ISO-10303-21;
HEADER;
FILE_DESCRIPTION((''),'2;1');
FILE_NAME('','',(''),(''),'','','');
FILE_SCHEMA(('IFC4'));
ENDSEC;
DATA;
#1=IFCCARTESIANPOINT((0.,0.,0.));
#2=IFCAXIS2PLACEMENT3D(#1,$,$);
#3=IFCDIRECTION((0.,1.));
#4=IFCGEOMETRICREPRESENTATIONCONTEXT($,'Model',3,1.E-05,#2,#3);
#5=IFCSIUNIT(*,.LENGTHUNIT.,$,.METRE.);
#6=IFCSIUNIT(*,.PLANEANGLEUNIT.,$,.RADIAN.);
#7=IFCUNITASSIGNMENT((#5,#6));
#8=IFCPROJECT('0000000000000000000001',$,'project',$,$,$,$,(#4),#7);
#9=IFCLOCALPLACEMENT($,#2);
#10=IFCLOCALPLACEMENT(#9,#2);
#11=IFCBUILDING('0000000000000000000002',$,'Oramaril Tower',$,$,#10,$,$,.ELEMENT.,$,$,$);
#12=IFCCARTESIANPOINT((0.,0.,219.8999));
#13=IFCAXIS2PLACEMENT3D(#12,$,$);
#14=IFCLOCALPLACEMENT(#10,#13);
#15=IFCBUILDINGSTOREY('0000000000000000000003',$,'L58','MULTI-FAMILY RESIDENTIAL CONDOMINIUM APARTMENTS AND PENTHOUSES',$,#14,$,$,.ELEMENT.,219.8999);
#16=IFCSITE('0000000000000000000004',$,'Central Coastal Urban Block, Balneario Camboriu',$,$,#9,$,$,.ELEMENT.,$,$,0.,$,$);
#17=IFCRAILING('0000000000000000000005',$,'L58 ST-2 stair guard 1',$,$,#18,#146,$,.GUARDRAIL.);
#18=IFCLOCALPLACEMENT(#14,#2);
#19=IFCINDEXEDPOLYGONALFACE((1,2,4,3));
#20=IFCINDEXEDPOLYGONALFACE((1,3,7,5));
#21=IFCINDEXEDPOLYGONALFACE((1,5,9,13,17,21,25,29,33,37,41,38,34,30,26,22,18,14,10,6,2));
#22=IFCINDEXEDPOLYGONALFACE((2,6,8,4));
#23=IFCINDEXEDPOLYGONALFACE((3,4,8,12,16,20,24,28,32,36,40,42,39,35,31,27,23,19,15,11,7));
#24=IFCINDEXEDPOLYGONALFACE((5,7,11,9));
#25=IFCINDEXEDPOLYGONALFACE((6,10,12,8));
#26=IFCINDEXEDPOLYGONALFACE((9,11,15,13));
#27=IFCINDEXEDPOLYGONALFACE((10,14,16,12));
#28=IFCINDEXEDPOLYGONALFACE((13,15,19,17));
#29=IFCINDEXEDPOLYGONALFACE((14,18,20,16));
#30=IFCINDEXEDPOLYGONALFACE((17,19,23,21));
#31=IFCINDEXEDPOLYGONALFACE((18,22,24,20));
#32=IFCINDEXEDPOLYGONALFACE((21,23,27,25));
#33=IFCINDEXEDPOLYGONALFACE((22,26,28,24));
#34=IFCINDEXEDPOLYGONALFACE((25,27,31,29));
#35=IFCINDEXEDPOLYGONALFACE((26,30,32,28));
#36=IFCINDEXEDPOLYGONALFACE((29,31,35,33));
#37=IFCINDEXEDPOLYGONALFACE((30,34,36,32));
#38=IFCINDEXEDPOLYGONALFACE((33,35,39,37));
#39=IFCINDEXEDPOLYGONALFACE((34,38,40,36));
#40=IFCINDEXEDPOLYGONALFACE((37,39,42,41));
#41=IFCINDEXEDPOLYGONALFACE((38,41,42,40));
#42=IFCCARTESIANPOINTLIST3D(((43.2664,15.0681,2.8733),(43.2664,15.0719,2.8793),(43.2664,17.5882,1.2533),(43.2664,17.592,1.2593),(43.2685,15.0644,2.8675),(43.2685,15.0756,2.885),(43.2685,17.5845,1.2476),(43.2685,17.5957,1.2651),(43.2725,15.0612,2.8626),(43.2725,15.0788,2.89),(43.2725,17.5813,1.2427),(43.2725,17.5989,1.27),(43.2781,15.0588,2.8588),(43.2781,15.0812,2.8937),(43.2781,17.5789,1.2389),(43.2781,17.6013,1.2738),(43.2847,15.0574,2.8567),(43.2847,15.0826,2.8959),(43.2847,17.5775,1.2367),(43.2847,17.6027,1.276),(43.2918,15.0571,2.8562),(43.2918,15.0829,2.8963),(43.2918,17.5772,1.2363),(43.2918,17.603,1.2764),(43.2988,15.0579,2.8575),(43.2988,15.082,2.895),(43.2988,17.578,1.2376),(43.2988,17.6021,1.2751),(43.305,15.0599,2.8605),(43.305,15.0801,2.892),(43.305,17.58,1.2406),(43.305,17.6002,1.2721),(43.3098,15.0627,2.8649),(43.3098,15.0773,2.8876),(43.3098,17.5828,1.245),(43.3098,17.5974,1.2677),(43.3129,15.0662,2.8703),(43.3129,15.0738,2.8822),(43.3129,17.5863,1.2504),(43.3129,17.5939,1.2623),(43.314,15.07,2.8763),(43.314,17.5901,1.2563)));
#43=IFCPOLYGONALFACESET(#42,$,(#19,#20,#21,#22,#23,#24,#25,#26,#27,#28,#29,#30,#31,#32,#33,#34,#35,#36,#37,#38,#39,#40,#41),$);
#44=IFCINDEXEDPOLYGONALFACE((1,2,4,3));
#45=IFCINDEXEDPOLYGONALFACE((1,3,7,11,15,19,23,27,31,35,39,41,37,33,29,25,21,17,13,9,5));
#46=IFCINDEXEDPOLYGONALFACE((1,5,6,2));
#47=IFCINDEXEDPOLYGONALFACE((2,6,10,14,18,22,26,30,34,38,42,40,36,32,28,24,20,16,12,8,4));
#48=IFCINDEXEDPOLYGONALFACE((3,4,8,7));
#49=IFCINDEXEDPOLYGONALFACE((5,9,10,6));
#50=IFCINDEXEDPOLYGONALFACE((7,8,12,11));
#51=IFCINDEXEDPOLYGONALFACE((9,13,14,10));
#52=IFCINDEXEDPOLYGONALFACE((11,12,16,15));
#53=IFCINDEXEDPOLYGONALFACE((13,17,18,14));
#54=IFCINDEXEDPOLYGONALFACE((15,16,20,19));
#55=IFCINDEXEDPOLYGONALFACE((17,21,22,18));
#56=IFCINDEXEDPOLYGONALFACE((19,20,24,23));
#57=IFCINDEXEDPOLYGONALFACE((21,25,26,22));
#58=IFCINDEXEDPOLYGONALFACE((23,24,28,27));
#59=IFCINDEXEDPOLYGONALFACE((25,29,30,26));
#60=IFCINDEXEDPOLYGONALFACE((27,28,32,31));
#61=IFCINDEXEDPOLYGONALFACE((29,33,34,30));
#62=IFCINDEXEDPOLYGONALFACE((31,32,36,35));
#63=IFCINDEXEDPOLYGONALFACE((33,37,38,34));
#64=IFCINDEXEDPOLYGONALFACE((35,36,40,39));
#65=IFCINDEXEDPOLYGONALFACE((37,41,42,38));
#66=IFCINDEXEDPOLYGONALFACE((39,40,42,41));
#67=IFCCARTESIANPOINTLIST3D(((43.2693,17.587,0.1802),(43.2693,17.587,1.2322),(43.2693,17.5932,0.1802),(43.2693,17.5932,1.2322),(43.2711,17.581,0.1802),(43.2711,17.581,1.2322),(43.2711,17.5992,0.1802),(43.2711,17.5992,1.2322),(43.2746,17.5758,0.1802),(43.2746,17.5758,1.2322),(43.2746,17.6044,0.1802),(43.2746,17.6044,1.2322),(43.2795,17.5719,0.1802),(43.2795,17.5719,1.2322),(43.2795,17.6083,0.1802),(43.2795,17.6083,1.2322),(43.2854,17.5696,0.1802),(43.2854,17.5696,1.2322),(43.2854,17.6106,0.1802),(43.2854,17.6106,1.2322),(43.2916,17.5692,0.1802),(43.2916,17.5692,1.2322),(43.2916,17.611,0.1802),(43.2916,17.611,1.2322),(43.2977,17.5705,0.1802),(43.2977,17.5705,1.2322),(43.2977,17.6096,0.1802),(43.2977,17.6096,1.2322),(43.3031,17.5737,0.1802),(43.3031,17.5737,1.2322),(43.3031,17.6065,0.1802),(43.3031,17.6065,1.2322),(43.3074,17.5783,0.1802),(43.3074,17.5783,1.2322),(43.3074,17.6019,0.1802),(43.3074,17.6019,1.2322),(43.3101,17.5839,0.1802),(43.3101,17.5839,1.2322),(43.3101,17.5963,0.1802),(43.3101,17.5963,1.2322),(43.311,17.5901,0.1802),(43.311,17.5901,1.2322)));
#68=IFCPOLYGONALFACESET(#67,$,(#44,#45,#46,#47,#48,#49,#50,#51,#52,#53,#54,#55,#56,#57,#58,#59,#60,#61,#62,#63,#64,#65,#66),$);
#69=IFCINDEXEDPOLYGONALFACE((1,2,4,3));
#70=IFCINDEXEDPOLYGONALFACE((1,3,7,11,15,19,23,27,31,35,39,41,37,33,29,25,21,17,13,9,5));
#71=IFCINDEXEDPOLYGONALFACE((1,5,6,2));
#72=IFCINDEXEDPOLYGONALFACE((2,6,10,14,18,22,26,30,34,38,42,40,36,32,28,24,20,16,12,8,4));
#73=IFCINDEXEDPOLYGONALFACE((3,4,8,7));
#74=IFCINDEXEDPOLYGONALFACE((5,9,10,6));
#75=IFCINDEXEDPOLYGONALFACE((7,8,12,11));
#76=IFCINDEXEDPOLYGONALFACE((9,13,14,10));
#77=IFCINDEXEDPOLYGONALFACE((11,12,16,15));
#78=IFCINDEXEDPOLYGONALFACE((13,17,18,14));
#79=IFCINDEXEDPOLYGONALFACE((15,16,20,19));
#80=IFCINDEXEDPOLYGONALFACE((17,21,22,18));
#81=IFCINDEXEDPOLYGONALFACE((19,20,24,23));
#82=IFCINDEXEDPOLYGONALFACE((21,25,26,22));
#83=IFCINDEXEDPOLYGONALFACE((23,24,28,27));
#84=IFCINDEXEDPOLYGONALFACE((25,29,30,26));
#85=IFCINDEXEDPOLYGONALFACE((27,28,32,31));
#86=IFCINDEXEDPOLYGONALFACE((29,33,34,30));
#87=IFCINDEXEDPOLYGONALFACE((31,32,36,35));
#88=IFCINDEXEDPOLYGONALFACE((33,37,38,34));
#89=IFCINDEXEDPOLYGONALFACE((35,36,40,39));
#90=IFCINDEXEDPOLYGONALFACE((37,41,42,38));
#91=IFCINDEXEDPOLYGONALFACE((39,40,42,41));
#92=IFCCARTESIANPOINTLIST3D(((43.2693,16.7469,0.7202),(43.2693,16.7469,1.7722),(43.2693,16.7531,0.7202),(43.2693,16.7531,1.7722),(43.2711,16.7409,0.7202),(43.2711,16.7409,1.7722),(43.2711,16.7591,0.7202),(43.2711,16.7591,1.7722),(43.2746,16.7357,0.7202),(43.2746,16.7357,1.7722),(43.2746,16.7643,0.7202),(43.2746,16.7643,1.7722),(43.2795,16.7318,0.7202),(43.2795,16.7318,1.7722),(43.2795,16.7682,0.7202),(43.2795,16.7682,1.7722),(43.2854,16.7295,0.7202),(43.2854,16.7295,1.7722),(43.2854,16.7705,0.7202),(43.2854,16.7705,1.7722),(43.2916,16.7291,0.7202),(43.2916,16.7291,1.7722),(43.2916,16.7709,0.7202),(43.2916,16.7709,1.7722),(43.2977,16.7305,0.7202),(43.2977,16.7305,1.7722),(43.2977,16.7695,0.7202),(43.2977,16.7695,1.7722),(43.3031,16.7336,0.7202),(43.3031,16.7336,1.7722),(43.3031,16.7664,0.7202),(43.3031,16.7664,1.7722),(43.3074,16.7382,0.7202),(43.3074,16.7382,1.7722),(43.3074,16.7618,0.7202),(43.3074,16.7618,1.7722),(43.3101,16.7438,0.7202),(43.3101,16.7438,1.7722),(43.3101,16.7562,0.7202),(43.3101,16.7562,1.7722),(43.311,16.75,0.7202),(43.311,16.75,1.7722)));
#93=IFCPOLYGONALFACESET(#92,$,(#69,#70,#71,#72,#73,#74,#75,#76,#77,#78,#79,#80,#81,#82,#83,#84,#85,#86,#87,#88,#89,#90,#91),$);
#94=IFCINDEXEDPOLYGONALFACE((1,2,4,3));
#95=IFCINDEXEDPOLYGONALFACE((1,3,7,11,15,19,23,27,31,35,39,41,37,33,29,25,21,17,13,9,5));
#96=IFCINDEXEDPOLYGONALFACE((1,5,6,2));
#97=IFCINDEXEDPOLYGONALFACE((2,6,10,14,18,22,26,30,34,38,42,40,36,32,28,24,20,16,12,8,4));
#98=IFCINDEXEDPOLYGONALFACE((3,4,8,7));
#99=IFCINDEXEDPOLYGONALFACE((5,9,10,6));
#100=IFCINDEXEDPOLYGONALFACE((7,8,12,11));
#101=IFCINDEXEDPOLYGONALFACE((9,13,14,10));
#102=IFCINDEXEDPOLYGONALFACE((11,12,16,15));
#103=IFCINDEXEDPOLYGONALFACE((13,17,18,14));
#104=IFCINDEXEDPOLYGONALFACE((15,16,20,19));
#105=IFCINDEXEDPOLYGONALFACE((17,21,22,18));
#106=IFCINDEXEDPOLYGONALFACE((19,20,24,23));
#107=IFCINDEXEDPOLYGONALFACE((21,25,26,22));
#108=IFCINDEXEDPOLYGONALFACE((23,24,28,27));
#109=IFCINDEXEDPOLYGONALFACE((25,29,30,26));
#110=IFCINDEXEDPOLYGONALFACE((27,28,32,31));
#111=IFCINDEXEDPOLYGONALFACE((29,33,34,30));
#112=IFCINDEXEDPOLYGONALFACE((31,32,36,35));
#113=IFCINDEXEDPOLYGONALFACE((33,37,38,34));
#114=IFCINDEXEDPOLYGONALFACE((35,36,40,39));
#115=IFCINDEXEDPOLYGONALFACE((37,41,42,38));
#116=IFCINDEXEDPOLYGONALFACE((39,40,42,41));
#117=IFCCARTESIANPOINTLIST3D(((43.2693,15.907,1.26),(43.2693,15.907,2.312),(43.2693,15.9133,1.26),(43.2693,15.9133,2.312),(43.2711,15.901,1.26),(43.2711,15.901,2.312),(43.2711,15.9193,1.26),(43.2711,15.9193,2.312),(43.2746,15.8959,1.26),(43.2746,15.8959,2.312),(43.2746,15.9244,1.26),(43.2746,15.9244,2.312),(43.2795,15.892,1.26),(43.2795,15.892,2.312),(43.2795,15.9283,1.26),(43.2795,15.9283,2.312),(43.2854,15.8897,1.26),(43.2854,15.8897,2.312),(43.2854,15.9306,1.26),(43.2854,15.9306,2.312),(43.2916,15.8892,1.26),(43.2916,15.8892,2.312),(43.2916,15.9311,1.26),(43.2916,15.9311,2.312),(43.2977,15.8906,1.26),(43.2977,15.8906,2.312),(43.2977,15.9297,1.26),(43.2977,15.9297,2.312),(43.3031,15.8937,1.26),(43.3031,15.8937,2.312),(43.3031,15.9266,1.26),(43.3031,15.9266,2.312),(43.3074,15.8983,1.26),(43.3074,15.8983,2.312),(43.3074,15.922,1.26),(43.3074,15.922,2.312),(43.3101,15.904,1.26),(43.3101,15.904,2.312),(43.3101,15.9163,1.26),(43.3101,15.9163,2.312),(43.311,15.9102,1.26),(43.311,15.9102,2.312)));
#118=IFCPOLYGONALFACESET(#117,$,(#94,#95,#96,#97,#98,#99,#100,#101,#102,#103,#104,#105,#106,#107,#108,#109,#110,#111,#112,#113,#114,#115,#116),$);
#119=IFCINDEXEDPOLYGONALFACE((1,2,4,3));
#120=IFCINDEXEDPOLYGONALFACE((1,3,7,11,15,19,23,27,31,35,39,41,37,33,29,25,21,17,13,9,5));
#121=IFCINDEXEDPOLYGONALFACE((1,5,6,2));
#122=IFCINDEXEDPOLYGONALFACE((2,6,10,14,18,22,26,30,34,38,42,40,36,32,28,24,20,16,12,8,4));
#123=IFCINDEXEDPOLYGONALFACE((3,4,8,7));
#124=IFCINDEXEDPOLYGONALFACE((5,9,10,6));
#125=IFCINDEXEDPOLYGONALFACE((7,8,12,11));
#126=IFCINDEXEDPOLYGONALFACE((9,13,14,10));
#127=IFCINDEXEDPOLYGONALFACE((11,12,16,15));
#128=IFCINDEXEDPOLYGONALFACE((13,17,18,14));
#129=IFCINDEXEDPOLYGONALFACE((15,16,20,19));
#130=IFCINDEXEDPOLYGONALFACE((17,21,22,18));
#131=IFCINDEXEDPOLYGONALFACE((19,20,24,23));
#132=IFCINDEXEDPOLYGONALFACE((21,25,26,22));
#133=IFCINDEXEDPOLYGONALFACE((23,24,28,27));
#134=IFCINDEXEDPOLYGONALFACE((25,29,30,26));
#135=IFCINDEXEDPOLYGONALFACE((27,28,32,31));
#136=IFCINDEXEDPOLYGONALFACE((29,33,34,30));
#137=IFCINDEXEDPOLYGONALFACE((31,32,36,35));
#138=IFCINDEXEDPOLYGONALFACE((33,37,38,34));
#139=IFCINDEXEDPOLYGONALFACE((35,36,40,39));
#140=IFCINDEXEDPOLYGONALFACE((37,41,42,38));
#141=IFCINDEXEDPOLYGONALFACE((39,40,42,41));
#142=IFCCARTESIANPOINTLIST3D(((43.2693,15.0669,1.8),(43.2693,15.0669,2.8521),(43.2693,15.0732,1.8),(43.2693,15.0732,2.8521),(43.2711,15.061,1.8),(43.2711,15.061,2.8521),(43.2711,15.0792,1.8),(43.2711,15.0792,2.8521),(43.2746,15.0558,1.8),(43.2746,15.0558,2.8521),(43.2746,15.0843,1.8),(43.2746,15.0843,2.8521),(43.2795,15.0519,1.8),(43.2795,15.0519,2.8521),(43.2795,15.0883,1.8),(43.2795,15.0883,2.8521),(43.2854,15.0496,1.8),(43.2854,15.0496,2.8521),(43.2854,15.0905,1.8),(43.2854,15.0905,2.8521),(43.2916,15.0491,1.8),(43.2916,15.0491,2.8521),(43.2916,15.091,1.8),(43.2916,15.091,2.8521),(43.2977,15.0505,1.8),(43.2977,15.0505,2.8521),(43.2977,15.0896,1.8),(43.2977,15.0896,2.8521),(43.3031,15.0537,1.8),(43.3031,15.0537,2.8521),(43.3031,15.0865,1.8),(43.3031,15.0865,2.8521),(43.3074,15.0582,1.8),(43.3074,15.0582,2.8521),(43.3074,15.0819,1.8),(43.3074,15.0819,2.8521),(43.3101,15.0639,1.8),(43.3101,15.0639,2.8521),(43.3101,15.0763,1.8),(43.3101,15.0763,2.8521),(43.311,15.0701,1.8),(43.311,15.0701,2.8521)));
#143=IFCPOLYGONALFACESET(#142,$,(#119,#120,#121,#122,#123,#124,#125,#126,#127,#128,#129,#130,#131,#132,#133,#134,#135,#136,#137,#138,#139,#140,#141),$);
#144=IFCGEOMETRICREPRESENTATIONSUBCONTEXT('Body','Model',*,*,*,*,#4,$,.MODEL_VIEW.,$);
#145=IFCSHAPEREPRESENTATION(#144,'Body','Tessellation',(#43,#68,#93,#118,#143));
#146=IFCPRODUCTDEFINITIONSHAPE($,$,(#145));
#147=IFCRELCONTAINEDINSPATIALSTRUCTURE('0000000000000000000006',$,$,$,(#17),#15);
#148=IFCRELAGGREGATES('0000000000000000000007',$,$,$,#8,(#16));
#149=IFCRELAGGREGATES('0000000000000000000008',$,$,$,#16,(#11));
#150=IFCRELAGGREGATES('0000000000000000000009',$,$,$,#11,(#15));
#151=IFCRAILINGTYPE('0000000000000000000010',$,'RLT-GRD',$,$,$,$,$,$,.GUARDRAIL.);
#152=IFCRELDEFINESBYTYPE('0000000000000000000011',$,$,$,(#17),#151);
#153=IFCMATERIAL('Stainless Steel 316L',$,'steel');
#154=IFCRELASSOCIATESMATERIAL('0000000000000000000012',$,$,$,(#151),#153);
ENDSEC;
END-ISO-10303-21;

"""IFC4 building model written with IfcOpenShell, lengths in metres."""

from ifc_helpers import new_model, si_unit, direction, frame, origin, origin_2d, place, context, subcontext, project, spatial, circle, extrude, material, type_object, element, save


model = new_model("IFC4")

# Units and contexts
model_context = context("Model", 3, precision=1e-05, world=origin(), true_north=direction((0.0, 1.0)))
body_context = subcontext(model_context, "Body", "Model", "MODEL_VIEW")
ifc_project = project(units=[si_unit("LENGTHUNIT", "METRE"), si_unit("PLANEANGLEUNIT", "RADIAN")], contexts=[model_context])

# Site, building, storey
site_placement = place(None, origin())
site = spatial("IfcSite", under=ifc_project, at=site_placement, Name="Central Coastal Urban Block, Balneario Camboriu", CompositionType="ELEMENT", RefElevation=0.0)
building_placement = place(site_placement, origin())
building = spatial("IfcBuilding", under=site, at=building_placement, Name="Oramaril Tower", CompositionType="ELEMENT")
storey_placement = place(building_placement, frame((0.0, 0.0, 219.8999)))
storey = spatial("IfcBuildingStorey", under=building, at=storey_placement, Name="L58", Description="MULTI-FAMILY RESIDENTIAL CONDOMINIUM APARTMENTS AND PENTHOUSES", CompositionType="ELEMENT", Elevation=219.8999)

# Railing
ifc_material_1 = material(Name="Stainless Steel 316L", Category="steel")
railing_type_1 = type_object("IfcRailingType", Name="RLT-GRD", PredefinedType="GUARDRAIL", material=ifc_material_1)
railing_1_placement = place(storey_placement, frame((43.29, 17.5901, 0.1802)))
element("IfcRailing", 1, at=railing_1_placement, inside=storey, type_object=railing_type_1, Name="L58 ST-2 stair guard 1", PredefinedType="GUARDRAIL", context=body_context, shape_type="SweptSolid", body=[
    extrude(circle(Radius=0.0239, at=origin_2d()), frame((0.0, 0.0, 1.0762), z_axis=(0.0, -0.8412, 0.540725), x_axis=(1.0, 0.0, 0.0)), (0.0, 0.0, 1.0), 2.9958),
    extrude(circle(Radius=0.021, at=origin_2d()), origin(), (0.0, 0.0, 1.0), 1.052),
    extrude(circle(Radius=0.021, at=origin_2d()), frame((0.0, -0.8401, 0.54)), (0.0, 0.0, 1.0), 1.052),
    extrude(circle(Radius=0.021, at=origin_2d()), frame((0.0, -1.6799, 1.0798)), (0.0, 0.0, 1.0), 1.052),
    extrude(circle(Radius=0.021, at=origin_2d()), frame((0.0, -2.52, 1.6199)), (0.0, 0.0, 1.0), 1.052),
])

save(model, "model.ifc")
